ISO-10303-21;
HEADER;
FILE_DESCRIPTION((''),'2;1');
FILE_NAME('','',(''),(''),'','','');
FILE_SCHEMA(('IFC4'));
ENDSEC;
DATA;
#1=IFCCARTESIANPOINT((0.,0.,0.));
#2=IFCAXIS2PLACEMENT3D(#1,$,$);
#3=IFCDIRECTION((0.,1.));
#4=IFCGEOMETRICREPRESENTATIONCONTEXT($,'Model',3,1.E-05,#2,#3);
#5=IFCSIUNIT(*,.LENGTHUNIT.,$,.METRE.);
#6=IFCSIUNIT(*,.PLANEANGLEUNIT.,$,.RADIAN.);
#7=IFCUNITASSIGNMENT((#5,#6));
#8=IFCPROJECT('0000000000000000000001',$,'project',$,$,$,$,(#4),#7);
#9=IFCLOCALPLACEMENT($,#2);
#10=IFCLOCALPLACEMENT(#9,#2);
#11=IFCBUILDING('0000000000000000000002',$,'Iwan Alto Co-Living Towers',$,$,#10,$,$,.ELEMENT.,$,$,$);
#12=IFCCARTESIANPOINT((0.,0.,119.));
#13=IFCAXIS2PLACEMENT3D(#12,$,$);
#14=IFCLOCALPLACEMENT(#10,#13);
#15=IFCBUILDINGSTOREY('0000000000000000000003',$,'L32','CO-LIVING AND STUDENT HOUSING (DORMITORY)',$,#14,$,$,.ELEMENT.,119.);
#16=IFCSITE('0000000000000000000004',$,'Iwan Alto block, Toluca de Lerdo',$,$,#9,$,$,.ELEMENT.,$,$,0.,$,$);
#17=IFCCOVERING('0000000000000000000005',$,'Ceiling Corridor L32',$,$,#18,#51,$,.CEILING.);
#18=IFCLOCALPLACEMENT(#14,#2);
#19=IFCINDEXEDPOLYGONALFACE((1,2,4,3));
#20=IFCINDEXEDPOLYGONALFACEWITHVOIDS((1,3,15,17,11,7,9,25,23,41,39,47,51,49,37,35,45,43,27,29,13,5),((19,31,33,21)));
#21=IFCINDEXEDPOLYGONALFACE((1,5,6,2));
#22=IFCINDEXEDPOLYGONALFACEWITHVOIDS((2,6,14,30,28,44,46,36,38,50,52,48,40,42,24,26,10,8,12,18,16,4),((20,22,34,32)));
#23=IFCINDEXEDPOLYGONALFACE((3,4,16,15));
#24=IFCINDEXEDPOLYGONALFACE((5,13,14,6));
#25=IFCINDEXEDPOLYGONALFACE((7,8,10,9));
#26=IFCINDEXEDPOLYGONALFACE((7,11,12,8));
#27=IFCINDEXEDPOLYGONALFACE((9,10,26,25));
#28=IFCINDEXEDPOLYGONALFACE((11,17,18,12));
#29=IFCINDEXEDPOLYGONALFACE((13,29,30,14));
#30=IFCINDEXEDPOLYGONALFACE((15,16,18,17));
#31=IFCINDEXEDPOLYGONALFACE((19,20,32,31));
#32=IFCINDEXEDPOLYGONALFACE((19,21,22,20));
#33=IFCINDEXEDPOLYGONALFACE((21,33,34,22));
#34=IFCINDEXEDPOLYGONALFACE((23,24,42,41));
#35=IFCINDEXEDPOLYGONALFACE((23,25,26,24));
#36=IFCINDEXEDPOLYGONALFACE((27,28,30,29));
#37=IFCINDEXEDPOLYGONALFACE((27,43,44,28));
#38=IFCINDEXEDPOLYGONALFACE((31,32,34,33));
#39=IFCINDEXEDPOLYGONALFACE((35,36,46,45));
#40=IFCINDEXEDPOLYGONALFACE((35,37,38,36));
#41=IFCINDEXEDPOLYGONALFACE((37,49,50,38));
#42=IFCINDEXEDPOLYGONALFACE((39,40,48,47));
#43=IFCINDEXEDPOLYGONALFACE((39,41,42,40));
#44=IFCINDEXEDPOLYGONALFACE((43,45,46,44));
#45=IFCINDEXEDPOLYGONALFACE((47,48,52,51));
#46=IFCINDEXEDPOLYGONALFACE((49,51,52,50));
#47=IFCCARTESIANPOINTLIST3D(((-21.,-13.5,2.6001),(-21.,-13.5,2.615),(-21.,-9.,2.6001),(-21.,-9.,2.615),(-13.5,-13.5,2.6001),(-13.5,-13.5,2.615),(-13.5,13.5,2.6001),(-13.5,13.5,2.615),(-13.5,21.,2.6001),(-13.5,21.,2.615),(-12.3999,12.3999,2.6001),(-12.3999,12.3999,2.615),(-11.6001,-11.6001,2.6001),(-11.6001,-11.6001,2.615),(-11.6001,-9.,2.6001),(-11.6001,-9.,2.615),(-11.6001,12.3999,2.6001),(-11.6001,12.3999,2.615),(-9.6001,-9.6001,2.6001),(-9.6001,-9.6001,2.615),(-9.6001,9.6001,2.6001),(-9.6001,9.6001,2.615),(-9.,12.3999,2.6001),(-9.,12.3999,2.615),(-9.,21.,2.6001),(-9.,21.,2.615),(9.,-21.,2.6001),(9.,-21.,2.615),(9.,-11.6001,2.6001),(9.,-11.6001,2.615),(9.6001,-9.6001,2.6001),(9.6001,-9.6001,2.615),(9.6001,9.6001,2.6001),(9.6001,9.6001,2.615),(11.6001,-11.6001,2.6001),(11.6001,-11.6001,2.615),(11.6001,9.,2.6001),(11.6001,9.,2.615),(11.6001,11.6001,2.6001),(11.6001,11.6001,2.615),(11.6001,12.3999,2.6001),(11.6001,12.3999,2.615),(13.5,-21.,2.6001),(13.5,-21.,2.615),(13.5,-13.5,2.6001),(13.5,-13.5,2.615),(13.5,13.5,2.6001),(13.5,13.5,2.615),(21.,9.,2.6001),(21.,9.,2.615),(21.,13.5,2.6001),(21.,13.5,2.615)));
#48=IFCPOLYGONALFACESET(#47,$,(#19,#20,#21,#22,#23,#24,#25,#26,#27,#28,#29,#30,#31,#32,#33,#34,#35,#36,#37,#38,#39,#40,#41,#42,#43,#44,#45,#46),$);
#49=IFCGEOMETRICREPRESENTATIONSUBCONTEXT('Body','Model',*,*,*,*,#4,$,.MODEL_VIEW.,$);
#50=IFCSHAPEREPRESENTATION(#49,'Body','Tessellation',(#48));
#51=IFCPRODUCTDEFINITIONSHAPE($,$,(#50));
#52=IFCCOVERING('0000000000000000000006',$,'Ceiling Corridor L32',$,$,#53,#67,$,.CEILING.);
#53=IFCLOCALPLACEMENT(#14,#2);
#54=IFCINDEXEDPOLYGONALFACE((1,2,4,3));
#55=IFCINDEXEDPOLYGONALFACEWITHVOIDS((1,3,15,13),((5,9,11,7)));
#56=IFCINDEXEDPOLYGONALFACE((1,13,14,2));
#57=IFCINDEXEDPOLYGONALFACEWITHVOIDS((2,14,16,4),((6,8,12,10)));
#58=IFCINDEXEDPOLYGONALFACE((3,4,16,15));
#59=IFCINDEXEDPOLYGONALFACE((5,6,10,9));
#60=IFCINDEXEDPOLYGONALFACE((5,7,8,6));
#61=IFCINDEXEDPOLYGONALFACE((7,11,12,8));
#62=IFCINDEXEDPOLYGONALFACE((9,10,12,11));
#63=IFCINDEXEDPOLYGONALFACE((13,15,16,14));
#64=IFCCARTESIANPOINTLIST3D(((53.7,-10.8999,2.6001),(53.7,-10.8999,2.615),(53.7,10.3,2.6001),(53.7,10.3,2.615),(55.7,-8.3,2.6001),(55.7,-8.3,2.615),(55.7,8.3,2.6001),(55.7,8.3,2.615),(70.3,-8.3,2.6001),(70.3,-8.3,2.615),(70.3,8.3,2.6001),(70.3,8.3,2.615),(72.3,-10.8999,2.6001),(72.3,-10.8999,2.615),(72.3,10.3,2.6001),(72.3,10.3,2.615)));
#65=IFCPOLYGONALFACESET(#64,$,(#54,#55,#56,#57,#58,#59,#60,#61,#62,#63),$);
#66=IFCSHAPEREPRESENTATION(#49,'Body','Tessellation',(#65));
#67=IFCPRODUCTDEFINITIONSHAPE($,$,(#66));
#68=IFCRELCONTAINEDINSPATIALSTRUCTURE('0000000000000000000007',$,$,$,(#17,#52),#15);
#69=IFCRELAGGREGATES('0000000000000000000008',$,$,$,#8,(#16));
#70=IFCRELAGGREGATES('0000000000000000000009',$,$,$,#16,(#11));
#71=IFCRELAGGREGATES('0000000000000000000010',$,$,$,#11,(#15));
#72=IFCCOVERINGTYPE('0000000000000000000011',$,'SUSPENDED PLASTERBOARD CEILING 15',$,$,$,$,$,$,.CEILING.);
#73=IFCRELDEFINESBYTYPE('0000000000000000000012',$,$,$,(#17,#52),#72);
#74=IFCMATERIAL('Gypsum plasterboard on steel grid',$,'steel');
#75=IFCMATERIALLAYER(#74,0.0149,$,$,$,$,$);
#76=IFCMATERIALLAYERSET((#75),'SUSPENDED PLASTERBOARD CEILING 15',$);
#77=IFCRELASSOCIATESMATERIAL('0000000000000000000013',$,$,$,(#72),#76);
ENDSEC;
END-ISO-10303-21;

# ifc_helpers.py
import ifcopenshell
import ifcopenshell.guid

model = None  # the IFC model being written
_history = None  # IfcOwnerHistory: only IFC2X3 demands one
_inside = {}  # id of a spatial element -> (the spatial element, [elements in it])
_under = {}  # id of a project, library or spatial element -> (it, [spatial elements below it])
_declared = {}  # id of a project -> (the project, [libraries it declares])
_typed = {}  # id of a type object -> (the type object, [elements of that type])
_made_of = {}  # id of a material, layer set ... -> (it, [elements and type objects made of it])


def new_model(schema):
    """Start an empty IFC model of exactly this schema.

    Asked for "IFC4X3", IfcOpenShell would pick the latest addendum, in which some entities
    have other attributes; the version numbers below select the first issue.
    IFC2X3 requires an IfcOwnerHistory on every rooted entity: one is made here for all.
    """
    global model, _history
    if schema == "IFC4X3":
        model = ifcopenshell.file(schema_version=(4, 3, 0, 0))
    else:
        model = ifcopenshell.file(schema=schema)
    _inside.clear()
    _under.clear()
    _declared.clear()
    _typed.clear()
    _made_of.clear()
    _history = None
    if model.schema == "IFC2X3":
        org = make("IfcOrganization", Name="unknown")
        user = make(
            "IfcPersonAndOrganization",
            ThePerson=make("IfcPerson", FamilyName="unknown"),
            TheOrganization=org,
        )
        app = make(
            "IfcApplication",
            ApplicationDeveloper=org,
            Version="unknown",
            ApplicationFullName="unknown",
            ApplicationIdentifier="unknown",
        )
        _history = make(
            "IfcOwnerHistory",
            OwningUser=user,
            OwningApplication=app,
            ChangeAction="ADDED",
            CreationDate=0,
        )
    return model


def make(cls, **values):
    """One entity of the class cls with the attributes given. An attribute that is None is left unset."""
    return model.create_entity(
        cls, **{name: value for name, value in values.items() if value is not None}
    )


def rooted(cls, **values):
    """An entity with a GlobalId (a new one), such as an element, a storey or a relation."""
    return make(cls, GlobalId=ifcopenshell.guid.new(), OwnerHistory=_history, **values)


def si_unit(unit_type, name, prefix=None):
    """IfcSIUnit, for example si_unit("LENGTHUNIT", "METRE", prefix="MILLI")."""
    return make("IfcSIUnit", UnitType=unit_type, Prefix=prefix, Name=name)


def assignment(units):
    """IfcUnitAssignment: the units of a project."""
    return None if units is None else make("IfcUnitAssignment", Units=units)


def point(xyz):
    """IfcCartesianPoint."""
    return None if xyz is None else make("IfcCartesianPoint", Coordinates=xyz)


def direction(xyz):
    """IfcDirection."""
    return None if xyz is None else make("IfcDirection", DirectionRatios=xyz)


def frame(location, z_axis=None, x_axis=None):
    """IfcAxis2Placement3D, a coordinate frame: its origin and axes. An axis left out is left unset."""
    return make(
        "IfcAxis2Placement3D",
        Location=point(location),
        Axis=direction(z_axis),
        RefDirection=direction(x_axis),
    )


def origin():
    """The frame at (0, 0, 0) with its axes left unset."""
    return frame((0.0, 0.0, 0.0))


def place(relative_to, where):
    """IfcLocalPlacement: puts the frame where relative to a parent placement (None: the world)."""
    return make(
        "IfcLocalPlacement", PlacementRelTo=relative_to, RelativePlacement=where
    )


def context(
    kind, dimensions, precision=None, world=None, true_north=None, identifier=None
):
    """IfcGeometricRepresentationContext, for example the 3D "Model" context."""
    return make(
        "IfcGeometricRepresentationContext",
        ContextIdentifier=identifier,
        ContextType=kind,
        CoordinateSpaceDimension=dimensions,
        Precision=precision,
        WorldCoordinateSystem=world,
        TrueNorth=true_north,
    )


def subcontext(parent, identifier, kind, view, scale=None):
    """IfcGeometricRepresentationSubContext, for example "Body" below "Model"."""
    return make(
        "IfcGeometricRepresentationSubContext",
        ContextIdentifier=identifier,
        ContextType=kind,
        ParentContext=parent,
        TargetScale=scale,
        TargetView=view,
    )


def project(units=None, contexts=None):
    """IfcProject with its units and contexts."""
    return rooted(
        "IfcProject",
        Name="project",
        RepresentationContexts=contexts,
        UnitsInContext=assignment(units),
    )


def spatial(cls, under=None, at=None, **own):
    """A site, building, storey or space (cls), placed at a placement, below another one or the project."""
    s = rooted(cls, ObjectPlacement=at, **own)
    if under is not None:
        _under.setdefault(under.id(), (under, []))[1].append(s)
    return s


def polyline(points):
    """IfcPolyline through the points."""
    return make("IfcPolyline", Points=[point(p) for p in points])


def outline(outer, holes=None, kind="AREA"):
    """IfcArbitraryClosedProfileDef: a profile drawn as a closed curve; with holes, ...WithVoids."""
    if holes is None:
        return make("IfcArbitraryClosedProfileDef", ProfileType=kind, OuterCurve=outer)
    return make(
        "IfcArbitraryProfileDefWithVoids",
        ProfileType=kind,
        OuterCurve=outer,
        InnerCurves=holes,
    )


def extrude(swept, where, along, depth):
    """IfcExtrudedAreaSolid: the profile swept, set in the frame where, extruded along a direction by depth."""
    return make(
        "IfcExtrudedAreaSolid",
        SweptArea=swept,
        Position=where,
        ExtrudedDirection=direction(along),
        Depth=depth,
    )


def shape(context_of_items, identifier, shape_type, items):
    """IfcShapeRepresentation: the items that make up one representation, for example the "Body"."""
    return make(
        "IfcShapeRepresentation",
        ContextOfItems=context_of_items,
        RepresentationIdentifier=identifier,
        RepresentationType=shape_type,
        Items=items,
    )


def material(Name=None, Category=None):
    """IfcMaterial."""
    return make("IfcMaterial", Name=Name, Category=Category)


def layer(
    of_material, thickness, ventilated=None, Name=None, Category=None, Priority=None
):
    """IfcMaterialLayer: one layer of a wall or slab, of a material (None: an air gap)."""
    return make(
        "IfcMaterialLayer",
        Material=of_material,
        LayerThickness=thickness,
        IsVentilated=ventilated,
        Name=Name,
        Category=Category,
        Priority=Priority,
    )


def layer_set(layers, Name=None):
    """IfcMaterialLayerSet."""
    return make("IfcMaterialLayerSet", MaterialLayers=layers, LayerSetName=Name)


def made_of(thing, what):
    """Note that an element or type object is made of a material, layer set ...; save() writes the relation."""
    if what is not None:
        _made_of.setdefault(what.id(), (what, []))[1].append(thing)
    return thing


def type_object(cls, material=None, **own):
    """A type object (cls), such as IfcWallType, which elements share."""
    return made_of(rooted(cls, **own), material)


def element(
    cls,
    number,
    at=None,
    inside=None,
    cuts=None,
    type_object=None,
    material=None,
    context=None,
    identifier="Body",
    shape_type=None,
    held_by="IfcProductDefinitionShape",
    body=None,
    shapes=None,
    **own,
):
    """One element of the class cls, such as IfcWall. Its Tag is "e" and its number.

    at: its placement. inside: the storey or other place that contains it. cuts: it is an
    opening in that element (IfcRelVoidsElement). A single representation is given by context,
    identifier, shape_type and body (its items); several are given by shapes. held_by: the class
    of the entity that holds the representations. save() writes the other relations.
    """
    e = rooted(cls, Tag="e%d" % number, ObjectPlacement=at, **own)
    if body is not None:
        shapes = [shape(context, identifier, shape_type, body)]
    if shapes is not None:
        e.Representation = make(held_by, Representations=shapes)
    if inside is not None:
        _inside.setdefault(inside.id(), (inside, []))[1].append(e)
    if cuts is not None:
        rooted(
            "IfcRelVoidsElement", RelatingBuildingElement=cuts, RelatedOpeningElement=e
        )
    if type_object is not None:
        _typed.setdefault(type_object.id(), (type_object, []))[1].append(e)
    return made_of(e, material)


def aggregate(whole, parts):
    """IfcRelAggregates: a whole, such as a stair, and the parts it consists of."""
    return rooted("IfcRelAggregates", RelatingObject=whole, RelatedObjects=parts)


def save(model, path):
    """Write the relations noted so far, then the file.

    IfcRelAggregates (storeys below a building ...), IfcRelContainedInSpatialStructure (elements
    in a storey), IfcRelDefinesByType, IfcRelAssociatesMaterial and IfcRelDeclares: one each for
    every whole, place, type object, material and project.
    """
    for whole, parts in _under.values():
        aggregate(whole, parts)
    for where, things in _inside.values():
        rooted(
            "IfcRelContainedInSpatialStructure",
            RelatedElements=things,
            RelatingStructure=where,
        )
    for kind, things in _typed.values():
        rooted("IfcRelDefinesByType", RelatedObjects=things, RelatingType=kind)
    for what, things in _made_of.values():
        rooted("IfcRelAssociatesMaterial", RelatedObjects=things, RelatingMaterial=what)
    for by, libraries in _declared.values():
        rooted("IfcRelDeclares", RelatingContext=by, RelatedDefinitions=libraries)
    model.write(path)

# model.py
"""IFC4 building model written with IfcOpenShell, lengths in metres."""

from ifc_helpers import new_model, si_unit, direction, frame, origin, place, context, subcontext, project, spatial, polyline, outline, extrude, material, layer, layer_set, type_object, element, save


model = new_model("IFC4")

# Units and contexts
model_context = context("Model", 3, precision=1e-05, world=origin(), true_north=direction((0.0, 1.0)))
body_context = subcontext(model_context, "Body", "Model", "MODEL_VIEW")
ifc_project = project(units=[si_unit("LENGTHUNIT", "METRE"), si_unit("PLANEANGLEUNIT", "RADIAN")], contexts=[model_context])

# Site, building, storey
site_placement = place(None, origin())
site = spatial("IfcSite", under=ifc_project, at=site_placement, Name="Iwan Alto block, Toluca de Lerdo", CompositionType="ELEMENT", RefElevation=0.0)
building_placement = place(site_placement, origin())
building = spatial("IfcBuilding", under=site, at=building_placement, Name="Iwan Alto Co-Living Towers", CompositionType="ELEMENT")
storey_placement = place(building_placement, frame((0.0, 0.0, 119.0)))
storey = spatial("IfcBuildingStorey", under=building, at=storey_placement, Name="L32", Description="CO-LIVING AND STUDENT HOUSING (DORMITORY)", CompositionType="ELEMENT", Elevation=119.0)

# Coverings
ifc_material_1 = material(Name="Gypsum plasterboard on steel grid", Category="steel")
ifc_layer_1 = layer(ifc_material_1, 0.0149)
ifc_layer_set_1 = layer_set([ifc_layer_1], Name="SUSPENDED PLASTERBOARD CEILING 15")
covering_type_1 = type_object("IfcCoveringType", Name="SUSPENDED PLASTERBOARD CEILING 15", PredefinedType="CEILING", material=ifc_layer_set_1)
covering_1_placement = place(storey_placement, frame((0.0, 0.0, 2.6001)))
element("IfcCovering", 1, at=covering_1_placement, inside=storey, type_object=covering_type_1, Name="Ceiling Corridor L32", PredefinedType="CEILING", context=body_context, shape_type="SweptSolid", body=[
    extrude(outline(polyline([(13.5, -21.0), (9.0, -21.0), (9.0, -11.6001), (-11.6001, -11.6001), (-13.5, -13.5), (-21.0, -13.5), (-21.0, -9.0), (-11.6001, -9.0), (-11.6001, 12.3999), (-12.3999, 12.3999), (-13.5, 13.5), (-13.5, 21.0), (-9.0, 21.0), (-9.0, 12.3999), (11.6001, 12.3999), (11.6001, 11.6001), (13.5, 13.5), (21.0, 13.5), (21.0, 9.0), (11.6001, 9.0), (11.6001, -11.6001), (13.5, -13.5), (13.5, -21.0)]), holes=[polyline([(9.6001, -9.6001), (9.6001, 9.6001), (-9.6001, 9.6001), (-9.6001, -9.6001), (9.6001, -9.6001)])]), origin(), (0.0, 0.0, 1.0), 0.0149),
])
covering_2_placement = place(storey_placement, frame((0.0, 0.0, 2.6001)))
element("IfcCovering", 2, at=covering_2_placement, inside=storey, type_object=covering_type_1, Name="Ceiling Corridor L32", PredefinedType="CEILING", context=body_context, shape_type="SweptSolid", body=[
    extrude(outline(polyline([(53.7, 10.3), (72.3, 10.3), (72.3, -10.8999), (53.7, -10.8999), (53.7, 10.3)]), holes=[polyline([(55.7, 8.3), (55.7, -8.3), (70.3, -8.3), (70.3, 8.3), (55.7, 8.3)])]), origin(), (0.0, 0.0, 1.0), 0.0149),
])

save(model, "model.ifc")
